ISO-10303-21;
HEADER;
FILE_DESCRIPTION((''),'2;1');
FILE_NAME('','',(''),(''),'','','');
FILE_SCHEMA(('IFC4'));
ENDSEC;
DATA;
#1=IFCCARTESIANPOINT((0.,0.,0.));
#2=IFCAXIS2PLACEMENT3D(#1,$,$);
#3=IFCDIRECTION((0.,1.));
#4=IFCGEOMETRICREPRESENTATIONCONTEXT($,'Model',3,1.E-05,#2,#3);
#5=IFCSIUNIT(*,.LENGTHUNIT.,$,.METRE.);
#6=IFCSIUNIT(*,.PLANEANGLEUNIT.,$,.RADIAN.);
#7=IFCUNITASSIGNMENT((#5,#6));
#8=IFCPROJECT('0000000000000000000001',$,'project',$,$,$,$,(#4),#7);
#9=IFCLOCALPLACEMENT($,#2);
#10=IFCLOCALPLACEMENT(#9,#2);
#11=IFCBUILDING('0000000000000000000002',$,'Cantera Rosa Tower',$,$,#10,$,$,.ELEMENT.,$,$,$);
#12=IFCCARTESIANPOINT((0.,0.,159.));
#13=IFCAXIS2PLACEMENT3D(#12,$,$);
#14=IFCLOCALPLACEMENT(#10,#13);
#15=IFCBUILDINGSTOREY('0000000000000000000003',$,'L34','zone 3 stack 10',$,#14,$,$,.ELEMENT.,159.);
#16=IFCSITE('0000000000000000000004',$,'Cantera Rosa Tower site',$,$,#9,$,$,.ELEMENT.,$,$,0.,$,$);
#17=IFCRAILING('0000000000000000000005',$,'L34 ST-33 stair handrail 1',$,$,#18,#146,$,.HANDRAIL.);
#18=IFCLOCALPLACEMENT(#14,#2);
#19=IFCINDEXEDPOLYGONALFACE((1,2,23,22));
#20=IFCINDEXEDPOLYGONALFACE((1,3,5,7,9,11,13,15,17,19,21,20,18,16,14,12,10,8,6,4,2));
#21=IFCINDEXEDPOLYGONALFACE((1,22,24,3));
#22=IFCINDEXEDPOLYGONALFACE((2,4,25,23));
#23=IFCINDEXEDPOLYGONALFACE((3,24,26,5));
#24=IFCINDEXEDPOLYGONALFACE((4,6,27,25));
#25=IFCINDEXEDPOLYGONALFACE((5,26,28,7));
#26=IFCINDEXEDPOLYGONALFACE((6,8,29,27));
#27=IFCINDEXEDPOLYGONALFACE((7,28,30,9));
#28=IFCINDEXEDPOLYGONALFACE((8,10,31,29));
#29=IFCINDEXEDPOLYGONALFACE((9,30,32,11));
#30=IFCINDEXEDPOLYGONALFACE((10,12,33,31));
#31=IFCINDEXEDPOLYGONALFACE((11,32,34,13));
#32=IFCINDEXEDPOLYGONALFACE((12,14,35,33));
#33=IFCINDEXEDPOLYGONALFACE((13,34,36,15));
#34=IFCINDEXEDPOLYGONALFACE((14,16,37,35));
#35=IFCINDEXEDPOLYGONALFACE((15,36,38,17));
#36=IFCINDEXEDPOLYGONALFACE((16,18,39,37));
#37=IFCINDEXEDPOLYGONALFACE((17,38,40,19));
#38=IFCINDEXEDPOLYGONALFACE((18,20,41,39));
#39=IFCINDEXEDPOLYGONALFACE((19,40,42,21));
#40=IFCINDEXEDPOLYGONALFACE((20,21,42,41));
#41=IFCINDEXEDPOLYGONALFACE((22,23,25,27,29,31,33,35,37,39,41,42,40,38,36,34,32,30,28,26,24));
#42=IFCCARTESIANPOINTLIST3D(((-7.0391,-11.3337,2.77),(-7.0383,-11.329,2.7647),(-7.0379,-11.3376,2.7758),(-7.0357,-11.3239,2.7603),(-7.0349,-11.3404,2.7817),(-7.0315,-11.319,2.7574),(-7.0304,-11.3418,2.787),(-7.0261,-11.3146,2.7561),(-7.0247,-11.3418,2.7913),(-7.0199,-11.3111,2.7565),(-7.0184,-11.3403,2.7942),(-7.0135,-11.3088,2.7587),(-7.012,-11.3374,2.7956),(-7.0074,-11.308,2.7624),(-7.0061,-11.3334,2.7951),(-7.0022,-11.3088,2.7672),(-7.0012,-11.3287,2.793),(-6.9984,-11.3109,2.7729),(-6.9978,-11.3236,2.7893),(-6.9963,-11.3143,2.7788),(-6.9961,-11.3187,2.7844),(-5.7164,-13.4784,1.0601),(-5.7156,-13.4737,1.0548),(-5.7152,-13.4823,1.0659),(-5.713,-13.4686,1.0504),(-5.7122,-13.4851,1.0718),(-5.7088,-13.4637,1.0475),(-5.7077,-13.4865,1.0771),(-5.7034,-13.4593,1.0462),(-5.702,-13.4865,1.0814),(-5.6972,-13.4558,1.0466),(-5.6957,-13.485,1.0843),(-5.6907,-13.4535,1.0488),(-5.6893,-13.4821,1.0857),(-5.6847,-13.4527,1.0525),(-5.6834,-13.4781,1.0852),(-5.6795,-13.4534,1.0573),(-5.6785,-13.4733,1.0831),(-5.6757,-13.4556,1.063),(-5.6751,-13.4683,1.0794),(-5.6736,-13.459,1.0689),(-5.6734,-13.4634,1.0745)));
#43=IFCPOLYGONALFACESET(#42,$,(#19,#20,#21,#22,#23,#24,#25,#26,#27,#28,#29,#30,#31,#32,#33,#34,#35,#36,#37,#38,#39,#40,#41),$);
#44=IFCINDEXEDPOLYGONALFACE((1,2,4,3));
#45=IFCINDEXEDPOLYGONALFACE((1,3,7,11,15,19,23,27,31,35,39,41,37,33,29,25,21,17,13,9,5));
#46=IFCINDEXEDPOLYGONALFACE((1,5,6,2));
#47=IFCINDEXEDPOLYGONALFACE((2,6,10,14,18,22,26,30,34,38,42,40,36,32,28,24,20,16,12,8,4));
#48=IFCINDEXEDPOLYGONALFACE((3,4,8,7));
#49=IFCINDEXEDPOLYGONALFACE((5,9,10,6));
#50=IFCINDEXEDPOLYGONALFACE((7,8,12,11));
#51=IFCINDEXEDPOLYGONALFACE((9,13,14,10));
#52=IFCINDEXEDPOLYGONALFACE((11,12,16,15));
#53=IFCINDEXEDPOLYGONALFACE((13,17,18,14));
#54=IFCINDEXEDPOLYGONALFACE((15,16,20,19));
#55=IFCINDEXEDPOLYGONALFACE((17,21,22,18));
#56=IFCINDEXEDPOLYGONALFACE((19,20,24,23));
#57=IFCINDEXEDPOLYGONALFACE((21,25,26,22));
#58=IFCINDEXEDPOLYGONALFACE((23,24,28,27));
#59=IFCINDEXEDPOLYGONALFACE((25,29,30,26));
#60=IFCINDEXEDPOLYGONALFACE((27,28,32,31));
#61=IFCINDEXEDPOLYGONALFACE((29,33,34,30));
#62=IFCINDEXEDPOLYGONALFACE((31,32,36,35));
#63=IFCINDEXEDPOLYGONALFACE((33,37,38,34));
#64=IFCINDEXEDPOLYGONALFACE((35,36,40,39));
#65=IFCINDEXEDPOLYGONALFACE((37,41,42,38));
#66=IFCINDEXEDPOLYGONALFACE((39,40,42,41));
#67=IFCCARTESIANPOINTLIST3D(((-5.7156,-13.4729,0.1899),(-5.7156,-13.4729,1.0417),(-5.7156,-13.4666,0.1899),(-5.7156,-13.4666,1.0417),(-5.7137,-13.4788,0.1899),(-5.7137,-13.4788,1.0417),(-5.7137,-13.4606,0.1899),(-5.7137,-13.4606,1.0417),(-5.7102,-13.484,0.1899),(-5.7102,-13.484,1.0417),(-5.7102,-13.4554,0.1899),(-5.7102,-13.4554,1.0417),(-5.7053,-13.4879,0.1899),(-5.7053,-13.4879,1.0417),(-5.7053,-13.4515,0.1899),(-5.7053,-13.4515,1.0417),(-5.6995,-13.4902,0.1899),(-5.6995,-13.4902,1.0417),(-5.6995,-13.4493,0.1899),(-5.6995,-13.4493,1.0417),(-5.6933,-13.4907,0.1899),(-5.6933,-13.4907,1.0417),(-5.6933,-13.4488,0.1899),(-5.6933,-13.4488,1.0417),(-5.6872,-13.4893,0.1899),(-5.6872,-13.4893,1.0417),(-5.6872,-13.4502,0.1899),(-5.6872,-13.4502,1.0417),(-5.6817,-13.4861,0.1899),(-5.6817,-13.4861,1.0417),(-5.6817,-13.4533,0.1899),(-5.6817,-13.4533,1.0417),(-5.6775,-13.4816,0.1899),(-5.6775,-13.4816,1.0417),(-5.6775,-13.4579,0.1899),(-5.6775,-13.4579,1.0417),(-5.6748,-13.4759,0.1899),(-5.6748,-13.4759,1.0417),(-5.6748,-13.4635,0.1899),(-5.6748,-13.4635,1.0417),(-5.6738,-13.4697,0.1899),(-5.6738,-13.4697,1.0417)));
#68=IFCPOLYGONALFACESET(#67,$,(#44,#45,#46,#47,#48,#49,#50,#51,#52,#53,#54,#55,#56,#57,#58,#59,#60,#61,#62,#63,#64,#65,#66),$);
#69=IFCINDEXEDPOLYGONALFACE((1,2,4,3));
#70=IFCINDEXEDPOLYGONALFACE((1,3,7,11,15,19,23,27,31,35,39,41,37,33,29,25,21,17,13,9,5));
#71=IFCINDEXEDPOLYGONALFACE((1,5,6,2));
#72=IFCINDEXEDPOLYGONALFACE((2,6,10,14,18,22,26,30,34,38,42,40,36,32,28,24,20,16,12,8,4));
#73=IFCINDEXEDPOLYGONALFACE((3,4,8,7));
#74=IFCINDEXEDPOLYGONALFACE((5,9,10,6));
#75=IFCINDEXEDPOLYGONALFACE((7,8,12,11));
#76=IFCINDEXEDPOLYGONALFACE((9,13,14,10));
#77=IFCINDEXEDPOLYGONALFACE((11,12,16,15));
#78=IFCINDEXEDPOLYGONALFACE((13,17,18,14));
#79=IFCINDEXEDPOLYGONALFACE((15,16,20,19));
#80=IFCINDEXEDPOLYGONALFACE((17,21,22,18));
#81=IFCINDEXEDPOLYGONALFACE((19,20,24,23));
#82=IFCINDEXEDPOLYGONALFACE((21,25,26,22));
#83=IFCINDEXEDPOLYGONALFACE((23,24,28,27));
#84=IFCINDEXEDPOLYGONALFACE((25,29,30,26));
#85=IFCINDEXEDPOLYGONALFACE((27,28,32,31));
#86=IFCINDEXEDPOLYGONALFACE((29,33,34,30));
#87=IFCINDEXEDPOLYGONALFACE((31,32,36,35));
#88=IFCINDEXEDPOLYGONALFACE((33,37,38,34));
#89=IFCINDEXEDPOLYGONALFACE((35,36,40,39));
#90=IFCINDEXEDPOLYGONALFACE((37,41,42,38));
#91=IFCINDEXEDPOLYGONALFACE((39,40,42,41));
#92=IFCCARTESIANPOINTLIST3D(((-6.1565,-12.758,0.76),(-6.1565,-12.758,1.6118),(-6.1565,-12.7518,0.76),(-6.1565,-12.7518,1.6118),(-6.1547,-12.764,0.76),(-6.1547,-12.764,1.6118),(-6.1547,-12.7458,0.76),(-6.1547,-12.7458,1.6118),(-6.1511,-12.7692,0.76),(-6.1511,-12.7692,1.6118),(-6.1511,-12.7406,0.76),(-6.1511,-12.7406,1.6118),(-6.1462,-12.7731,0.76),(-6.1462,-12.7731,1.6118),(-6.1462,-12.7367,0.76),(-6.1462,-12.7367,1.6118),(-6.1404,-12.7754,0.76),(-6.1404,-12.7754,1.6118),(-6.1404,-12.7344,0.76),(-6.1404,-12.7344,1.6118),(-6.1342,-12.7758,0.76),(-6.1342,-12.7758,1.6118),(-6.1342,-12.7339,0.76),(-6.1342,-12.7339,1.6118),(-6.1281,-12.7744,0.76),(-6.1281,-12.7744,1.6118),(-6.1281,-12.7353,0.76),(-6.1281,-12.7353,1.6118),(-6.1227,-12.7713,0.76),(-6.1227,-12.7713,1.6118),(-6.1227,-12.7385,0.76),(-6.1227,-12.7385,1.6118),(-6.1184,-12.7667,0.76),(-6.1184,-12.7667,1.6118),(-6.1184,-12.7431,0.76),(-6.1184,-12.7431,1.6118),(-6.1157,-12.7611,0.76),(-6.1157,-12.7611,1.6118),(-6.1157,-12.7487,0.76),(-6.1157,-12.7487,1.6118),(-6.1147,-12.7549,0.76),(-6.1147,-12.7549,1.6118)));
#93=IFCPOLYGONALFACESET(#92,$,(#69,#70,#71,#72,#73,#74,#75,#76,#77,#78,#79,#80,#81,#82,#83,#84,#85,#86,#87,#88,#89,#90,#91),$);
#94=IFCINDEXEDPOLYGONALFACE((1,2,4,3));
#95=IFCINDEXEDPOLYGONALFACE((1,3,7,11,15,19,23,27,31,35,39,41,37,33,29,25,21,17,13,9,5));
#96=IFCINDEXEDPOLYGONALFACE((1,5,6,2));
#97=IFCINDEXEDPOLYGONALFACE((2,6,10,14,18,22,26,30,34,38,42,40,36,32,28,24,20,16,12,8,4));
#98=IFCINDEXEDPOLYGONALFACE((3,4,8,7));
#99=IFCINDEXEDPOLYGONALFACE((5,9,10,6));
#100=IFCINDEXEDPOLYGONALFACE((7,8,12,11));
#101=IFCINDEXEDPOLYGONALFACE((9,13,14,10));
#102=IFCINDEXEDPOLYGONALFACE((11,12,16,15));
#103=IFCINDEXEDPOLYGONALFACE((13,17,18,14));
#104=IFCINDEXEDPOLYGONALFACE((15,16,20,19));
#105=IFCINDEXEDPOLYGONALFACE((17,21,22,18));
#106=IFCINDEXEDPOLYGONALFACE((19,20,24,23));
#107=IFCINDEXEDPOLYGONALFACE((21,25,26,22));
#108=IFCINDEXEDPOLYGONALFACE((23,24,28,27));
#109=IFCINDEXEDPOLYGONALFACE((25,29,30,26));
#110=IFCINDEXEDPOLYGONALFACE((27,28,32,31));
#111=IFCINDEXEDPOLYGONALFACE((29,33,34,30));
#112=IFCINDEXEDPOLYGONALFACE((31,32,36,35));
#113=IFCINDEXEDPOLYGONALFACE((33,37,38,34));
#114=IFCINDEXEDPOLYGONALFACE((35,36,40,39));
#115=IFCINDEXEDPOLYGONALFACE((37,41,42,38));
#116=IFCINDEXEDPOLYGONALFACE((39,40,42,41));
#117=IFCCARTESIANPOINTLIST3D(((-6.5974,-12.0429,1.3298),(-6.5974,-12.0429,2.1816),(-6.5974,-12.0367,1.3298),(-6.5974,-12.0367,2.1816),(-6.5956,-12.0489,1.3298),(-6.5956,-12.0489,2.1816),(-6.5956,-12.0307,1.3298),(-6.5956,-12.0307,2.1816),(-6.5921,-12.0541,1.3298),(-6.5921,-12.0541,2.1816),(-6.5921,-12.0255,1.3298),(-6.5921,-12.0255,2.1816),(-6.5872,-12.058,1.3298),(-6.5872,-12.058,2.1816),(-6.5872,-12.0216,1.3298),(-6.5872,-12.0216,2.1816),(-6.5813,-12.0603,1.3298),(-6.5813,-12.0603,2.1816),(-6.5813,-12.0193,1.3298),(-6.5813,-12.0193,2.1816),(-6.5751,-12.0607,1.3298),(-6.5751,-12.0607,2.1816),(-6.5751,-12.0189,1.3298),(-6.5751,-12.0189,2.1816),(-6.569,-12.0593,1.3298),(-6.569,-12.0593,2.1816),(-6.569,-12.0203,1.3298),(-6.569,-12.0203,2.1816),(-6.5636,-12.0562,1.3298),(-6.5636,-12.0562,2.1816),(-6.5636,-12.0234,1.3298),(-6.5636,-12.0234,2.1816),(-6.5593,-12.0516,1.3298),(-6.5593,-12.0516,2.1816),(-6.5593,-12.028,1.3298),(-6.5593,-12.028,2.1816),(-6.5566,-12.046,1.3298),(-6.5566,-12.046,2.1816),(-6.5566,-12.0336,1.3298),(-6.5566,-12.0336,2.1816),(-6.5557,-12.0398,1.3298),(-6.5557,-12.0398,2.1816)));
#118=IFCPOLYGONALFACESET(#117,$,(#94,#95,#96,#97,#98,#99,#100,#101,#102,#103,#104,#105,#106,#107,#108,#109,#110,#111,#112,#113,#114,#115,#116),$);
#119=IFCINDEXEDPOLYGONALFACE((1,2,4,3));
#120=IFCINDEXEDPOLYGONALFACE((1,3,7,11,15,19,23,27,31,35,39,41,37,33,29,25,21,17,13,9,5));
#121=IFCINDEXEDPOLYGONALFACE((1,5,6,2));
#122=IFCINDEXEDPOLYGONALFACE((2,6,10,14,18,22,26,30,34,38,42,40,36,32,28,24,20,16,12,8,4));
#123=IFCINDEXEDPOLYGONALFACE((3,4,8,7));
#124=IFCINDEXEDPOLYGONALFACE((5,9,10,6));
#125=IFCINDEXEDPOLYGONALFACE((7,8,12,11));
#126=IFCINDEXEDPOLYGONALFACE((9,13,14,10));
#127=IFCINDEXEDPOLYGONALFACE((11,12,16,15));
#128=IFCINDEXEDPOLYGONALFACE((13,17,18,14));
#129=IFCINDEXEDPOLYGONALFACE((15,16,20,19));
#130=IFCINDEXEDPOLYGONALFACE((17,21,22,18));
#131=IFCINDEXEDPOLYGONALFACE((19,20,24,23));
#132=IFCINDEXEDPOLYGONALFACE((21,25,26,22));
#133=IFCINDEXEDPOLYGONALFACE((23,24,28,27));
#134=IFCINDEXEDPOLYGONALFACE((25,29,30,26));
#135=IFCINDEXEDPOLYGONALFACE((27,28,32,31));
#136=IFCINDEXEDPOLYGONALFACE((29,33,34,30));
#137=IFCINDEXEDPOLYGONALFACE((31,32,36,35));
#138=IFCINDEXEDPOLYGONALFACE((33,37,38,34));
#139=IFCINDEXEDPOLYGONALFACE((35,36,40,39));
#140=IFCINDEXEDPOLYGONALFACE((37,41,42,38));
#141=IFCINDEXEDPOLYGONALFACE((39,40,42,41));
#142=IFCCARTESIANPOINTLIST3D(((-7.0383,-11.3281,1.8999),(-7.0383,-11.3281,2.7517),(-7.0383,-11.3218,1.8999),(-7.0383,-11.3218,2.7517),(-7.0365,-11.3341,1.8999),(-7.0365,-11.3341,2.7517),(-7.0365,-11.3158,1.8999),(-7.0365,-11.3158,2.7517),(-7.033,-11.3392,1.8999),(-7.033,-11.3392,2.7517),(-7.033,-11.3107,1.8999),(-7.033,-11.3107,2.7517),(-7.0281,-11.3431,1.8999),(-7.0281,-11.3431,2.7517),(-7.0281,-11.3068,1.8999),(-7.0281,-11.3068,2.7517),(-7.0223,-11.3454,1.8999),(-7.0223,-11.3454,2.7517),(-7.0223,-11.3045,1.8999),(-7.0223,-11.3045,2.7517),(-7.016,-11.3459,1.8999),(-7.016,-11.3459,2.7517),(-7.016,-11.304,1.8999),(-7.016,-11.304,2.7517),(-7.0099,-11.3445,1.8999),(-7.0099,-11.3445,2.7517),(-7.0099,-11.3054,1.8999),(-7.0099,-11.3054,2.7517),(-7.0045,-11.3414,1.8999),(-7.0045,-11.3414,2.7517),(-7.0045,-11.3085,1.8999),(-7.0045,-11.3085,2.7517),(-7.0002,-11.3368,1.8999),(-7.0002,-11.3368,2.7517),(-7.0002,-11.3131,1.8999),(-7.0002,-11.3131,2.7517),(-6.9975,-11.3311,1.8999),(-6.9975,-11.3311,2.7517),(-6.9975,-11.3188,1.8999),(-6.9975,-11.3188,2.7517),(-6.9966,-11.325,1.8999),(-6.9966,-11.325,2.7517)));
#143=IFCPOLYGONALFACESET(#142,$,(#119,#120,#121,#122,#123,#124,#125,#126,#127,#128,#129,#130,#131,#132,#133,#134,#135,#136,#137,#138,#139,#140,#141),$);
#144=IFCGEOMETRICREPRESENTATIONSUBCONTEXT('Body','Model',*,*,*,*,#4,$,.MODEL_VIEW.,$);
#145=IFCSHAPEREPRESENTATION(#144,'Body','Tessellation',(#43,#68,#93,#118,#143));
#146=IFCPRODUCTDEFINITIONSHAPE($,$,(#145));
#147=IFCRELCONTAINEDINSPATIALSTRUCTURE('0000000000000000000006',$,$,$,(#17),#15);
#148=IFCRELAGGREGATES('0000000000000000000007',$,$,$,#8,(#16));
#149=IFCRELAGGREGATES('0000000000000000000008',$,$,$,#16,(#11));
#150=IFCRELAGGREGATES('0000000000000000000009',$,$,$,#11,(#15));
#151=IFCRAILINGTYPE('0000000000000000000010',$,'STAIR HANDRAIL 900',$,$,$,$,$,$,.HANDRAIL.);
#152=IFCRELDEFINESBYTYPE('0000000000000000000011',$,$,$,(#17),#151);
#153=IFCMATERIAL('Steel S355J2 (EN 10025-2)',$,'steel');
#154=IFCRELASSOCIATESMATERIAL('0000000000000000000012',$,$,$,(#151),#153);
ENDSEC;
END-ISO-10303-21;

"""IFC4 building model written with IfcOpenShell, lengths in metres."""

from ifc_helpers import new_model, si_unit, direction, frame, origin, origin_2d, place, context, subcontext, project, spatial, circle, extrude, material, type_object, element, save


model = new_model("IFC4")

# Units and contexts
model_context = context("Model", 3, precision=1e-05, world=origin(), true_north=direction((0.0, 1.0)))
body_context = subcontext(model_context, "Body", "Model", "MODEL_VIEW")
ifc_project = project(units=[si_unit("LENGTHUNIT", "METRE"), si_unit("PLANEANGLEUNIT", "RADIAN")], contexts=[model_context])

# Site, building, storey
site_placement = place(None, origin())
site = spatial("IfcSite", under=ifc_project, at=site_placement, Name="Cantera Rosa Tower site", CompositionType="ELEMENT", RefElevation=0.0)
building_placement = place(site_placement, origin())
building = spatial("IfcBuilding", under=site, at=building_placement, Name="Cantera Rosa Tower", CompositionType="ELEMENT")
storey_placement = place(building_placement, frame((0.0, 0.0, 159.0)))
storey = spatial("IfcBuildingStorey", under=building, at=storey_placement, Name="L34", Description="zone 3 stack 10", CompositionType="ELEMENT", Elevation=159.0)

# Railing
ifc_material_1 = material(Name="Steel S355J2 (EN 10025-2)", Category="steel")
railing_type_1 = type_object("IfcRailingType", Name="STAIR HANDRAIL 900", PredefinedType="HANDRAIL", material=ifc_material_1)
railing_1_placement = place(storey_placement, frame((-5.6948, -13.4697, 0.1899)))
element("IfcRailing", 1, at=railing_1_placement, inside=storey, type_object=railing_type_1, Name="L34 ST-33 stair handrail 1", PredefinedType="HANDRAIL", context=body_context, shape_type="SweptSolid", body=[
    extrude(circle(Radius=0.0239, at=origin_2d()), frame((0.0, 0.0, 0.876), z_axis=(-0.434363, 0.704296, 0.561513), x_axis=(-0.851146, -0.52493, 0.0)), (0.0, 0.0, 1.0), 3.0452),
    extrude(circle(Radius=0.021, at=origin_2d()), origin(), (0.0, 0.0, 1.0), 0.8518),
    extrude(circle(Radius=0.021, at=origin_2d()), frame((-0.4409, 0.7148, 0.5701)), (0.0, 0.0, 1.0), 0.8518),
    extrude(circle(Radius=0.021, at=origin_2d()), frame((-0.8818, 1.4299, 1.1399)), (0.0, 0.0, 1.0), 0.8518),
    extrude(circle(Radius=0.021, at=origin_2d()), frame((-1.3228, 2.1448, 1.71)), (0.0, 0.0, 1.0), 0.8518),
])

save(model, "model.ifc")
